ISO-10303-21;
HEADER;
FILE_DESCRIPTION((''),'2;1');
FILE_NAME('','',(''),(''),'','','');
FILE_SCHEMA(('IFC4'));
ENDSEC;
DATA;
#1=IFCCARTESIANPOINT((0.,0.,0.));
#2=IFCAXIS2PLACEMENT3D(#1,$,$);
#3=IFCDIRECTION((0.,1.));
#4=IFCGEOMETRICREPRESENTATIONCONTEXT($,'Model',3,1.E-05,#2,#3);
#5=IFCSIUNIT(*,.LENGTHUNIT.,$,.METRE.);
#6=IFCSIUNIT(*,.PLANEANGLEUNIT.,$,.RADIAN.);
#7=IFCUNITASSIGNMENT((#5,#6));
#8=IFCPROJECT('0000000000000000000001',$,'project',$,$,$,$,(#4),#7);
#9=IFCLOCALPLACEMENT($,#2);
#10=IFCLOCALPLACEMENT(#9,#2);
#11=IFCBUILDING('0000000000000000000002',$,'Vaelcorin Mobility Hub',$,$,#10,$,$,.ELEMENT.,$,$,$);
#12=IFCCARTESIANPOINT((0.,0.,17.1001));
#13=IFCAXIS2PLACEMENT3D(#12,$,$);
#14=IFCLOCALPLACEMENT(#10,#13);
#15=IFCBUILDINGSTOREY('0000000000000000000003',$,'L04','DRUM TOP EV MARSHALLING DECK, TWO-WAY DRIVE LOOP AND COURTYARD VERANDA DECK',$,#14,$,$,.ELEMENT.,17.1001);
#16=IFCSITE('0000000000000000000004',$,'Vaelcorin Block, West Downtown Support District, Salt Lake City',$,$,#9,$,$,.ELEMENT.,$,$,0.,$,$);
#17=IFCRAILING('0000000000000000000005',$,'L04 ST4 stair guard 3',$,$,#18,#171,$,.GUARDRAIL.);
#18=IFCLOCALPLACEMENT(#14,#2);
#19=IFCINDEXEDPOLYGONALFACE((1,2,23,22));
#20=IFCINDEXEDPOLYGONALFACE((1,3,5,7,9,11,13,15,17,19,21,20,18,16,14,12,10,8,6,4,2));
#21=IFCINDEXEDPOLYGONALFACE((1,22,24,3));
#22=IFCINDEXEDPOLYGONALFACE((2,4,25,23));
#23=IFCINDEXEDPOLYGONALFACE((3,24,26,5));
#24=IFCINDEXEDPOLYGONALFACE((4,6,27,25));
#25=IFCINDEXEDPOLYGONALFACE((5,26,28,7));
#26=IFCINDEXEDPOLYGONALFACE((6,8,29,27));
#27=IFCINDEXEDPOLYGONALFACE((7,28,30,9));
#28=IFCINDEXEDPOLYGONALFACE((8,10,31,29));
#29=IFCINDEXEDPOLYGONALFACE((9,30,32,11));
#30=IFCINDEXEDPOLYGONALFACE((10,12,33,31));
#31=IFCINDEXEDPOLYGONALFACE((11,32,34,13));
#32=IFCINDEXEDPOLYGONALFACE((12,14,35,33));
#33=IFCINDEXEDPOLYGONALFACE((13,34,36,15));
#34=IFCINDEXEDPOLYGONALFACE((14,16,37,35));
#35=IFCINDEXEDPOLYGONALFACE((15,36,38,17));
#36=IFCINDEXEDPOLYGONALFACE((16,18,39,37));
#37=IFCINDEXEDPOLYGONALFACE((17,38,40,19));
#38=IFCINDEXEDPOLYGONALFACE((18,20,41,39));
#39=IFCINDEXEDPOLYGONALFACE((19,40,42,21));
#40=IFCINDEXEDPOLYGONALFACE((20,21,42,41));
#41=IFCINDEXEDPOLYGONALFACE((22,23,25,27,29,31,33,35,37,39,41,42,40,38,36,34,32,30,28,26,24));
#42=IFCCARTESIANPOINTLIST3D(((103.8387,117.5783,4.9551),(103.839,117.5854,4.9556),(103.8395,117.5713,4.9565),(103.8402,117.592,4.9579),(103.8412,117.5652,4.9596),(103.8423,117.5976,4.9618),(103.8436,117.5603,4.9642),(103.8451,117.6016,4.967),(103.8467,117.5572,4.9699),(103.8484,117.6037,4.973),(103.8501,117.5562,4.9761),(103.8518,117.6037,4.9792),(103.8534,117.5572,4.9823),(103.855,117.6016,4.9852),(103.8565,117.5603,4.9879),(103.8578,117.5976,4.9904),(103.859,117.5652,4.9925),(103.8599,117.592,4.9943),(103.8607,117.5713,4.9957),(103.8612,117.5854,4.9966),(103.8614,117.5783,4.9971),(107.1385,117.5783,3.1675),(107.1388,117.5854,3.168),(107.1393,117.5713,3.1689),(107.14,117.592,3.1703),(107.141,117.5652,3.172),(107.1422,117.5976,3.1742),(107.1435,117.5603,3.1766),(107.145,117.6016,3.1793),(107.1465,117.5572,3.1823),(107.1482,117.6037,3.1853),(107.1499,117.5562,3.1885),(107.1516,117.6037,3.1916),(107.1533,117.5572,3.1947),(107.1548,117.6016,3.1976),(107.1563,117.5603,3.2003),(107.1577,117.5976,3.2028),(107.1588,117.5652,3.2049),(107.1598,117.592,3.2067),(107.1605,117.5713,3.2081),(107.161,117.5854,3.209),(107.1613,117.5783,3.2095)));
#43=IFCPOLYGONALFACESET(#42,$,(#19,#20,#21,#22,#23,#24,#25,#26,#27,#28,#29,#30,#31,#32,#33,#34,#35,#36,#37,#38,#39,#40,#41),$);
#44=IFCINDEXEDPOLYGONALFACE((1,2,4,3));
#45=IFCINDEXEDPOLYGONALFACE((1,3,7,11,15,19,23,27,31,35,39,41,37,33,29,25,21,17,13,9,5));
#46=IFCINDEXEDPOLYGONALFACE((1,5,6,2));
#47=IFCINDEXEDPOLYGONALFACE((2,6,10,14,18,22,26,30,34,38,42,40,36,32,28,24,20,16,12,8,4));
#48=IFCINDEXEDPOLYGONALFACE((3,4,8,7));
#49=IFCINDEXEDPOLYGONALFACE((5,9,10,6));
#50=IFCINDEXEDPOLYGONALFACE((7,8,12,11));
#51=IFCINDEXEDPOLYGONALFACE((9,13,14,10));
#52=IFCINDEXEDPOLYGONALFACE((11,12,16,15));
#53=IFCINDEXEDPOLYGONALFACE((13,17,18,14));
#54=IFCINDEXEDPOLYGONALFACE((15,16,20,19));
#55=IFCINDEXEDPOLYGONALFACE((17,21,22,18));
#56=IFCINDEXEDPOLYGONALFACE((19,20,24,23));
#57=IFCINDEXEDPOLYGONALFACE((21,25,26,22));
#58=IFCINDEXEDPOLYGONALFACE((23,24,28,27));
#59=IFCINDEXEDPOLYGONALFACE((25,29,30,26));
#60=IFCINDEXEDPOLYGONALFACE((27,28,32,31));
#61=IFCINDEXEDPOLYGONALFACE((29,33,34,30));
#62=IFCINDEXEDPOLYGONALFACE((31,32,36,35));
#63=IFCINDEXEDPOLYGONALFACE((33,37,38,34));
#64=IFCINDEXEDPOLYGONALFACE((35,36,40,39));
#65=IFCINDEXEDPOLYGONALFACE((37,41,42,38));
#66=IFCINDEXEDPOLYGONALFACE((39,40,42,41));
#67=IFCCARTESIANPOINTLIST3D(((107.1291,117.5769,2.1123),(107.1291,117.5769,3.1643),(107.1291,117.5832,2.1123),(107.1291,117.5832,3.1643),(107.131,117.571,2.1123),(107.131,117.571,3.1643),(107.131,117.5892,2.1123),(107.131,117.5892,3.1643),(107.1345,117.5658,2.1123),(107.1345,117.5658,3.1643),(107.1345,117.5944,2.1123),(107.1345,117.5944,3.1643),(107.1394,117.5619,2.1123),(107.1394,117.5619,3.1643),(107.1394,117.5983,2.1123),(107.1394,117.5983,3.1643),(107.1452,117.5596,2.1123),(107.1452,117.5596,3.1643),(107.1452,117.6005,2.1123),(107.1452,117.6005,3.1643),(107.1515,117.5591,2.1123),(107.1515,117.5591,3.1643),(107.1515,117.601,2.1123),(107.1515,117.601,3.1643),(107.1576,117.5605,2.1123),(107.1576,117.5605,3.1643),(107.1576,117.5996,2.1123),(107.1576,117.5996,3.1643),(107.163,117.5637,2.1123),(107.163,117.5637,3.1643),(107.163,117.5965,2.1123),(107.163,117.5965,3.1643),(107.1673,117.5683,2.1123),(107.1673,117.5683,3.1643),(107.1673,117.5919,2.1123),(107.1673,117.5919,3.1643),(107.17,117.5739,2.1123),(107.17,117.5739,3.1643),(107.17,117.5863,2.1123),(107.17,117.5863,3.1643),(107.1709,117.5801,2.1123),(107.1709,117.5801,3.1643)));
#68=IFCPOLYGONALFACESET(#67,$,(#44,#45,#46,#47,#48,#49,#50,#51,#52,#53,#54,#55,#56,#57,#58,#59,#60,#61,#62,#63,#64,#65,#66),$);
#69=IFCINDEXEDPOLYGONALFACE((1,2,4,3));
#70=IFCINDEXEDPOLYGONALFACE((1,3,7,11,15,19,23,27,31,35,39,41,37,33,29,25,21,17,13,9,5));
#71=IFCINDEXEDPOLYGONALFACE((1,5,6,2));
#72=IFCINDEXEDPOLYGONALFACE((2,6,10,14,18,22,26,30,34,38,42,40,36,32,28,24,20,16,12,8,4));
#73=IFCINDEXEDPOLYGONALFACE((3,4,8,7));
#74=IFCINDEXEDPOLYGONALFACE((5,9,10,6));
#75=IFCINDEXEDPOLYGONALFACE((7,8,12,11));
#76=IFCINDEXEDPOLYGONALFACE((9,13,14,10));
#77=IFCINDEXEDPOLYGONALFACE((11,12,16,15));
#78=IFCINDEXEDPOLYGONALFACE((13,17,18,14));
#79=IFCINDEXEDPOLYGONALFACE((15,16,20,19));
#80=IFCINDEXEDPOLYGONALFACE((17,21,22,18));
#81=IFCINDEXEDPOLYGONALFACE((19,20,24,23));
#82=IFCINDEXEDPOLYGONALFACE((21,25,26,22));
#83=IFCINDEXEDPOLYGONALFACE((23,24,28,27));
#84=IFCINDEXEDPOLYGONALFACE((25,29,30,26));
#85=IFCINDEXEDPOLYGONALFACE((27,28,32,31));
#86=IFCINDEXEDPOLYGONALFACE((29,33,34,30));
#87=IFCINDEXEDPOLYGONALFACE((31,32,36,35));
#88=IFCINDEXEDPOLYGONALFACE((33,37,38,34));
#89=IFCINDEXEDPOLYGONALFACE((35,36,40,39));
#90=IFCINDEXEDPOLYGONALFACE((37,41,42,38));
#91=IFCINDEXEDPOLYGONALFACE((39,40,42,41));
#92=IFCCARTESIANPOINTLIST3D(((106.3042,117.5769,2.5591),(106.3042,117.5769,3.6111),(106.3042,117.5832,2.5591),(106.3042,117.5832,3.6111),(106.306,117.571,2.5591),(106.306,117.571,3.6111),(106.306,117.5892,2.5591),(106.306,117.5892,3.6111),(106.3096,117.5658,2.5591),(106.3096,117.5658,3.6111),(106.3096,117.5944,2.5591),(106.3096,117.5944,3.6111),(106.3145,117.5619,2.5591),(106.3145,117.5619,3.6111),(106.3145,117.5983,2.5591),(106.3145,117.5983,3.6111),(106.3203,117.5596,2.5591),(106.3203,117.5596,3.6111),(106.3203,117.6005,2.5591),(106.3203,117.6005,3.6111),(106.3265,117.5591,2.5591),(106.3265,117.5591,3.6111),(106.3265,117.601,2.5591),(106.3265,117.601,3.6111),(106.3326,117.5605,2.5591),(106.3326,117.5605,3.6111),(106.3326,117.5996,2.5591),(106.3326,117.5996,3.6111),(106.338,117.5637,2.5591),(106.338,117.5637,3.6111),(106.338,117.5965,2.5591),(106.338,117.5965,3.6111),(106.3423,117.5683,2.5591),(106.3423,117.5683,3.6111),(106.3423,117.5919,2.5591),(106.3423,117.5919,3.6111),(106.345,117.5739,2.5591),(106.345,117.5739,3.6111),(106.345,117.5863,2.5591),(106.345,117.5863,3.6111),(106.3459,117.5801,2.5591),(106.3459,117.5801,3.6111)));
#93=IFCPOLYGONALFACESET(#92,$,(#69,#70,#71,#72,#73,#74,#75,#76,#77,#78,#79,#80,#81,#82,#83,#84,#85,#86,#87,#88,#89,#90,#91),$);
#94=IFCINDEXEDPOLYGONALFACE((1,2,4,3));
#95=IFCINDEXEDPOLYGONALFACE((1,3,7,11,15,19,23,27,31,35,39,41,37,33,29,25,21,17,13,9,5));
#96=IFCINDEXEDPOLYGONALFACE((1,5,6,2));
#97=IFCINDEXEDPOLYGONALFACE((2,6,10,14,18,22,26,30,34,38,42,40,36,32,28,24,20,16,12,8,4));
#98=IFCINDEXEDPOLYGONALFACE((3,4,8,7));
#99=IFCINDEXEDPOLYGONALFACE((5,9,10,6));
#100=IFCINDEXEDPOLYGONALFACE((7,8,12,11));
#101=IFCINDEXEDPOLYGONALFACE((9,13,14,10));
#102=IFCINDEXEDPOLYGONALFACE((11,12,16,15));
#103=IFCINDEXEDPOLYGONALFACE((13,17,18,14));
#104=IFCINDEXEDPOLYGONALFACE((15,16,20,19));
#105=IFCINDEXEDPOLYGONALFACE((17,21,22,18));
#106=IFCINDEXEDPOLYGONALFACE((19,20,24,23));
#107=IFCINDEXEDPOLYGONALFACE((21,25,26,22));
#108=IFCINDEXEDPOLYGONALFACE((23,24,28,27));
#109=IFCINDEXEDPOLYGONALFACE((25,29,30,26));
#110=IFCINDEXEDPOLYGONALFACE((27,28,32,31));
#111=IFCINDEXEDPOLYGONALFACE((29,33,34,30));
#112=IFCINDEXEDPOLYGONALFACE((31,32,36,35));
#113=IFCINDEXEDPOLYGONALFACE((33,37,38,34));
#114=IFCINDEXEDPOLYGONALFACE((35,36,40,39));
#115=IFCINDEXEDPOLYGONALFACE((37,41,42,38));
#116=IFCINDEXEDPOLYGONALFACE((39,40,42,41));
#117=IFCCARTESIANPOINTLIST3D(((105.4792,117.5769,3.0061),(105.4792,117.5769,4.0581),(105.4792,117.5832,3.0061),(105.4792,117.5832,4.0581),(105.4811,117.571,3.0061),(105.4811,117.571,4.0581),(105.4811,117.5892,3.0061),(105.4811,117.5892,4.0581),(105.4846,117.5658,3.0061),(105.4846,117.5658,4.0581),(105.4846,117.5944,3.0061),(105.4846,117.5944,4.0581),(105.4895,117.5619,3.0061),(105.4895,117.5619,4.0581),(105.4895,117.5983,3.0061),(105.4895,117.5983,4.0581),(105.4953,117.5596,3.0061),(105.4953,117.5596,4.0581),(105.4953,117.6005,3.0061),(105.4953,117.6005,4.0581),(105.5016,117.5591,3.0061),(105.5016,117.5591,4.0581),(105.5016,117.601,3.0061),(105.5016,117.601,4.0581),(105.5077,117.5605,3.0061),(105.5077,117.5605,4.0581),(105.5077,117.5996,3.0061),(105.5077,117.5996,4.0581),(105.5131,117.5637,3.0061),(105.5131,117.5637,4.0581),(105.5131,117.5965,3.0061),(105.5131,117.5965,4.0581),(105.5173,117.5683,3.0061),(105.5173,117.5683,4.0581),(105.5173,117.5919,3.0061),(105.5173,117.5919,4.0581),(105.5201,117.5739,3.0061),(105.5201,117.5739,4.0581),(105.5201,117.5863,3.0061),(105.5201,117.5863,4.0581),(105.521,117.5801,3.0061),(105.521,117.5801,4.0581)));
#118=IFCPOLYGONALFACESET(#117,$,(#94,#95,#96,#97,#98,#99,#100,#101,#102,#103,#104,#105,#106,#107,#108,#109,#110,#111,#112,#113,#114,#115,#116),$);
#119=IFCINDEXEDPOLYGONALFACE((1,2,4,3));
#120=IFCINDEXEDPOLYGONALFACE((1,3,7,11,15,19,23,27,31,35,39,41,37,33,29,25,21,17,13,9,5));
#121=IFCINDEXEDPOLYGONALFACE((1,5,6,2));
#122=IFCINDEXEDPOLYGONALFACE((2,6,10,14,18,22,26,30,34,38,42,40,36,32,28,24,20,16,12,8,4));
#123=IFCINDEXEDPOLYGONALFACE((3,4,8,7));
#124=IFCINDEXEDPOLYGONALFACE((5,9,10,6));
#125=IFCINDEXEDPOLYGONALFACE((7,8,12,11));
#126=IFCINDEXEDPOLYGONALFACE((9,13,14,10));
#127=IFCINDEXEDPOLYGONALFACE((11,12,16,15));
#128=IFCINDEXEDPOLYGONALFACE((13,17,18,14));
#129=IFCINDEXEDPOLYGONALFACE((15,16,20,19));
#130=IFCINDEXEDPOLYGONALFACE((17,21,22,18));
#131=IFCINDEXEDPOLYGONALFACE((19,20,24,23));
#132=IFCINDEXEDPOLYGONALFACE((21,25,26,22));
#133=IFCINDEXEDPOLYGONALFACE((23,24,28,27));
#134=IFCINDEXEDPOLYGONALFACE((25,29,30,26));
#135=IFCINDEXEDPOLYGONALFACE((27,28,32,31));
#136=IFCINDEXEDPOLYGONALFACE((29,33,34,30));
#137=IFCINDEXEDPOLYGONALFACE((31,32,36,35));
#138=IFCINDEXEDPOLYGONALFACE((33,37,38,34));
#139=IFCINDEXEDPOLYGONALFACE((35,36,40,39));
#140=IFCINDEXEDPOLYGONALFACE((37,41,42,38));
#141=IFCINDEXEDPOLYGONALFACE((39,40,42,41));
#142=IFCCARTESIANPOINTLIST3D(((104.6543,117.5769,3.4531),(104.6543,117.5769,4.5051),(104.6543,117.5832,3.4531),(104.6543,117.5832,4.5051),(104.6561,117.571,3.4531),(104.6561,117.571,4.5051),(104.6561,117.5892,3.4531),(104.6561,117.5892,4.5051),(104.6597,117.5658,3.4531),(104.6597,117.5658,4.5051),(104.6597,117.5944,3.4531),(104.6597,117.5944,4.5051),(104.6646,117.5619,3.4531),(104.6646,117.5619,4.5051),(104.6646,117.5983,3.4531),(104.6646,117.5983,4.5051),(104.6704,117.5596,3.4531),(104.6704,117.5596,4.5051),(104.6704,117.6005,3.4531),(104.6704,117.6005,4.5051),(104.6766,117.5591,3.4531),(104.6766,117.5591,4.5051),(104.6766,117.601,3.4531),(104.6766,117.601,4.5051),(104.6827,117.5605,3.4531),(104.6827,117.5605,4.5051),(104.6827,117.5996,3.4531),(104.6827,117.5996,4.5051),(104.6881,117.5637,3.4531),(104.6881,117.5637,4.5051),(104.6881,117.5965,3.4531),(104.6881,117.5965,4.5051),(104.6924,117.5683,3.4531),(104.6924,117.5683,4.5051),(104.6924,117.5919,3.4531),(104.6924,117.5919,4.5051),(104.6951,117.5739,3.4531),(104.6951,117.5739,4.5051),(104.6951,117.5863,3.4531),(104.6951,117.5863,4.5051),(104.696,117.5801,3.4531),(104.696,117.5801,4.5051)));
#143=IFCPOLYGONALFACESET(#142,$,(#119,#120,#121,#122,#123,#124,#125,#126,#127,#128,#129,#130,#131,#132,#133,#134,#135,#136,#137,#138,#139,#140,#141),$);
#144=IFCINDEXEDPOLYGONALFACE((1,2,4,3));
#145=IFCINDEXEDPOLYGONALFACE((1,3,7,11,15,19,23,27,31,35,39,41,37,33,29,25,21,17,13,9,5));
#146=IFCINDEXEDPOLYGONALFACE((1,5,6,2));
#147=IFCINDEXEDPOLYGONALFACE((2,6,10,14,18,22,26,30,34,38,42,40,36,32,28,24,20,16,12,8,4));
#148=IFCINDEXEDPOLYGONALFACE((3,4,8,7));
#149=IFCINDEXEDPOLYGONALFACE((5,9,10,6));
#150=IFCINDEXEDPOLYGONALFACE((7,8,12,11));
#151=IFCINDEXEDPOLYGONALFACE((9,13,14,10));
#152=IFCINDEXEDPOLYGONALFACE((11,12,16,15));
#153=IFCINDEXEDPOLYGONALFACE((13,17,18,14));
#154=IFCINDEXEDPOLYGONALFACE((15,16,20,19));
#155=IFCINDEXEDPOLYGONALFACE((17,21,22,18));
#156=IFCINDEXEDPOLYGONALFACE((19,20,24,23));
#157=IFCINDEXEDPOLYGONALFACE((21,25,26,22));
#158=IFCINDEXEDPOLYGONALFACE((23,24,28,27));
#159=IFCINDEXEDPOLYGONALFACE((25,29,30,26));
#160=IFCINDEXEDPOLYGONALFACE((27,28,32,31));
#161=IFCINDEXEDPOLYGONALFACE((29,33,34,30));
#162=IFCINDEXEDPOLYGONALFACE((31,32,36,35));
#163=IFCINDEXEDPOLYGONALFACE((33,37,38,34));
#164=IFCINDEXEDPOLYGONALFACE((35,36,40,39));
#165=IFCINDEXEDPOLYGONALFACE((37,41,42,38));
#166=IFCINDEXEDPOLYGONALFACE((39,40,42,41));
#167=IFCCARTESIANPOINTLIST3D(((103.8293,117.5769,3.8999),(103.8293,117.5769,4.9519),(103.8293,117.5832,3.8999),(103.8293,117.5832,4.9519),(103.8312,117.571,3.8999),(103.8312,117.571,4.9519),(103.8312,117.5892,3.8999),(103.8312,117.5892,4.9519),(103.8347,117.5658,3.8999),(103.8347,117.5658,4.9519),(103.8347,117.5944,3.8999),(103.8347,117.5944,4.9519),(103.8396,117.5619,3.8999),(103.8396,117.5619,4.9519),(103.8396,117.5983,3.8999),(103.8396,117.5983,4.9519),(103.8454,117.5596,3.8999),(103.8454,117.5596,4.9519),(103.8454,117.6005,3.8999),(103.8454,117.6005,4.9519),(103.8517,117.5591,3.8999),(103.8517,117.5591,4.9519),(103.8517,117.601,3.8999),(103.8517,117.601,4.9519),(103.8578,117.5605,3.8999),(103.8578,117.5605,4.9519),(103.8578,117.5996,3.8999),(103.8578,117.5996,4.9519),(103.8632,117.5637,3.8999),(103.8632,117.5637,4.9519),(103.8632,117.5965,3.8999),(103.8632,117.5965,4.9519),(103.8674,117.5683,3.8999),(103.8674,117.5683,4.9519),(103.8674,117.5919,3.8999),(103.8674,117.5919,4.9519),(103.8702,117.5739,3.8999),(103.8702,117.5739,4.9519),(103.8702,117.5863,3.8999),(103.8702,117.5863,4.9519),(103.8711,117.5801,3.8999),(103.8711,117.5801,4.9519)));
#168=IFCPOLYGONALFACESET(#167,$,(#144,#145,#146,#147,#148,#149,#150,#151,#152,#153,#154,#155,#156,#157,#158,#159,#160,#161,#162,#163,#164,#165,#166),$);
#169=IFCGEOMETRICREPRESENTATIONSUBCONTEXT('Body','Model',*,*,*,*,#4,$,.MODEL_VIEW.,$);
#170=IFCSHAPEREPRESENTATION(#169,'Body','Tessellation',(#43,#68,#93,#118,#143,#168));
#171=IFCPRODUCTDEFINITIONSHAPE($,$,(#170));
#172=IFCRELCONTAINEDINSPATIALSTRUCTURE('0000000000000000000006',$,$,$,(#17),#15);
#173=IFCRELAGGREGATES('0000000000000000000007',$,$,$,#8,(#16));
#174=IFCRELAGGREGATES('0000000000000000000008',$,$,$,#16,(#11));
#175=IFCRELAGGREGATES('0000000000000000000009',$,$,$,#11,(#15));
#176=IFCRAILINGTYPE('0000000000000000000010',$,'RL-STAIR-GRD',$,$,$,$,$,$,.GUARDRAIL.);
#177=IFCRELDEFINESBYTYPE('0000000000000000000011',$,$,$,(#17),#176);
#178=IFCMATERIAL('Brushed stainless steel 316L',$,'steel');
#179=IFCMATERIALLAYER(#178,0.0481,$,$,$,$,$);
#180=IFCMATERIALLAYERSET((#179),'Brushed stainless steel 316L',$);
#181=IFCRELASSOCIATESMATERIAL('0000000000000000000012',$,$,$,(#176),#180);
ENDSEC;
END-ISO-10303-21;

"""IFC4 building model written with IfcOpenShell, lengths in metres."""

from ifc_helpers import new_model, si_unit, direction, frame, origin, origin_2d, place, context, subcontext, project, spatial, circle, extrude, material, layer, layer_set, type_object, element, save


model = new_model("IFC4")

# Units and contexts
model_context = context("Model", 3, precision=1e-05, world=origin(), true_north=direction((0.0, 1.0)))
body_context = subcontext(model_context, "Body", "Model", "MODEL_VIEW")
ifc_project = project(units=[si_unit("LENGTHUNIT", "METRE"), si_unit("PLANEANGLEUNIT", "RADIAN")], contexts=[model_context])

# Site, building, storey
site_placement = place(None, origin())
site = spatial("IfcSite", under=ifc_project, at=site_placement, Name="Vaelcorin Block, West Downtown Support District, Salt Lake City", CompositionType="ELEMENT", RefElevation=0.0)
building_placement = place(site_placement, origin())
building = spatial("IfcBuilding", under=site, at=building_placement, Name="Vaelcorin Mobility Hub", CompositionType="ELEMENT")
storey_placement = place(building_placement, frame((0.0, 0.0, 17.1001)))
storey = spatial("IfcBuildingStorey", under=building, at=storey_placement, Name="L04", Description="DRUM TOP EV MARSHALLING DECK, TWO-WAY DRIVE LOOP AND COURTYARD VERANDA DECK", CompositionType="ELEMENT", Elevation=17.1001)

# Railing
ifc_material_1 = material(Name="Brushed stainless steel 316L", Category="steel")
ifc_layer_1 = layer(ifc_material_1, 0.0481)
ifc_layer_set_1 = layer_set([ifc_layer_1], Name="Brushed stainless steel 316L")
railing_type_1 = type_object("IfcRailingType", Name="RL-STAIR-GRD", PredefinedType="GUARDRAIL", material=ifc_layer_set_1)
railing_1_placement = place(storey_placement, frame((107.1499, 117.5801, 2.1123)))
element("IfcRailing", 1, at=railing_1_placement, inside=storey, type_object=railing_type_1, Name="L04 ST4 stair guard 3", PredefinedType="GUARDRAIL", context=body_context, shape_type="SweptSolid", body=[
    extrude(circle(Radius=0.0239, at=origin_2d()), frame((0.0, 0.0, 1.0762), z_axis=(-0.879269, 0.0, 0.476325), x_axis=(0.0, -1.0, 0.0)), (0.0, 0.0, 1.0), 3.7529),
    extrude(circle(Radius=0.021, at=origin_2d()), origin(), (0.0, 0.0, 1.0), 1.052),
    extrude(circle(Radius=0.021, at=origin_2d()), frame((-0.825, 0.0, 0.4468)), (0.0, 0.0, 1.0), 1.052),
    extrude(circle(Radius=0.021, at=origin_2d()), frame((-1.6499, 0.0, 0.8938)), (0.0, 0.0, 1.0), 1.052),
    extrude(circle(Radius=0.021, at=origin_2d()), frame((-2.4749, 0.0, 1.3408)), (0.0, 0.0, 1.0), 1.052),
    extrude(circle(Radius=0.021, at=origin_2d()), frame((-3.2998, 0.0, 1.7876)), (0.0, 0.0, 1.0), 1.052),
])

save(model, "model.ifc")
